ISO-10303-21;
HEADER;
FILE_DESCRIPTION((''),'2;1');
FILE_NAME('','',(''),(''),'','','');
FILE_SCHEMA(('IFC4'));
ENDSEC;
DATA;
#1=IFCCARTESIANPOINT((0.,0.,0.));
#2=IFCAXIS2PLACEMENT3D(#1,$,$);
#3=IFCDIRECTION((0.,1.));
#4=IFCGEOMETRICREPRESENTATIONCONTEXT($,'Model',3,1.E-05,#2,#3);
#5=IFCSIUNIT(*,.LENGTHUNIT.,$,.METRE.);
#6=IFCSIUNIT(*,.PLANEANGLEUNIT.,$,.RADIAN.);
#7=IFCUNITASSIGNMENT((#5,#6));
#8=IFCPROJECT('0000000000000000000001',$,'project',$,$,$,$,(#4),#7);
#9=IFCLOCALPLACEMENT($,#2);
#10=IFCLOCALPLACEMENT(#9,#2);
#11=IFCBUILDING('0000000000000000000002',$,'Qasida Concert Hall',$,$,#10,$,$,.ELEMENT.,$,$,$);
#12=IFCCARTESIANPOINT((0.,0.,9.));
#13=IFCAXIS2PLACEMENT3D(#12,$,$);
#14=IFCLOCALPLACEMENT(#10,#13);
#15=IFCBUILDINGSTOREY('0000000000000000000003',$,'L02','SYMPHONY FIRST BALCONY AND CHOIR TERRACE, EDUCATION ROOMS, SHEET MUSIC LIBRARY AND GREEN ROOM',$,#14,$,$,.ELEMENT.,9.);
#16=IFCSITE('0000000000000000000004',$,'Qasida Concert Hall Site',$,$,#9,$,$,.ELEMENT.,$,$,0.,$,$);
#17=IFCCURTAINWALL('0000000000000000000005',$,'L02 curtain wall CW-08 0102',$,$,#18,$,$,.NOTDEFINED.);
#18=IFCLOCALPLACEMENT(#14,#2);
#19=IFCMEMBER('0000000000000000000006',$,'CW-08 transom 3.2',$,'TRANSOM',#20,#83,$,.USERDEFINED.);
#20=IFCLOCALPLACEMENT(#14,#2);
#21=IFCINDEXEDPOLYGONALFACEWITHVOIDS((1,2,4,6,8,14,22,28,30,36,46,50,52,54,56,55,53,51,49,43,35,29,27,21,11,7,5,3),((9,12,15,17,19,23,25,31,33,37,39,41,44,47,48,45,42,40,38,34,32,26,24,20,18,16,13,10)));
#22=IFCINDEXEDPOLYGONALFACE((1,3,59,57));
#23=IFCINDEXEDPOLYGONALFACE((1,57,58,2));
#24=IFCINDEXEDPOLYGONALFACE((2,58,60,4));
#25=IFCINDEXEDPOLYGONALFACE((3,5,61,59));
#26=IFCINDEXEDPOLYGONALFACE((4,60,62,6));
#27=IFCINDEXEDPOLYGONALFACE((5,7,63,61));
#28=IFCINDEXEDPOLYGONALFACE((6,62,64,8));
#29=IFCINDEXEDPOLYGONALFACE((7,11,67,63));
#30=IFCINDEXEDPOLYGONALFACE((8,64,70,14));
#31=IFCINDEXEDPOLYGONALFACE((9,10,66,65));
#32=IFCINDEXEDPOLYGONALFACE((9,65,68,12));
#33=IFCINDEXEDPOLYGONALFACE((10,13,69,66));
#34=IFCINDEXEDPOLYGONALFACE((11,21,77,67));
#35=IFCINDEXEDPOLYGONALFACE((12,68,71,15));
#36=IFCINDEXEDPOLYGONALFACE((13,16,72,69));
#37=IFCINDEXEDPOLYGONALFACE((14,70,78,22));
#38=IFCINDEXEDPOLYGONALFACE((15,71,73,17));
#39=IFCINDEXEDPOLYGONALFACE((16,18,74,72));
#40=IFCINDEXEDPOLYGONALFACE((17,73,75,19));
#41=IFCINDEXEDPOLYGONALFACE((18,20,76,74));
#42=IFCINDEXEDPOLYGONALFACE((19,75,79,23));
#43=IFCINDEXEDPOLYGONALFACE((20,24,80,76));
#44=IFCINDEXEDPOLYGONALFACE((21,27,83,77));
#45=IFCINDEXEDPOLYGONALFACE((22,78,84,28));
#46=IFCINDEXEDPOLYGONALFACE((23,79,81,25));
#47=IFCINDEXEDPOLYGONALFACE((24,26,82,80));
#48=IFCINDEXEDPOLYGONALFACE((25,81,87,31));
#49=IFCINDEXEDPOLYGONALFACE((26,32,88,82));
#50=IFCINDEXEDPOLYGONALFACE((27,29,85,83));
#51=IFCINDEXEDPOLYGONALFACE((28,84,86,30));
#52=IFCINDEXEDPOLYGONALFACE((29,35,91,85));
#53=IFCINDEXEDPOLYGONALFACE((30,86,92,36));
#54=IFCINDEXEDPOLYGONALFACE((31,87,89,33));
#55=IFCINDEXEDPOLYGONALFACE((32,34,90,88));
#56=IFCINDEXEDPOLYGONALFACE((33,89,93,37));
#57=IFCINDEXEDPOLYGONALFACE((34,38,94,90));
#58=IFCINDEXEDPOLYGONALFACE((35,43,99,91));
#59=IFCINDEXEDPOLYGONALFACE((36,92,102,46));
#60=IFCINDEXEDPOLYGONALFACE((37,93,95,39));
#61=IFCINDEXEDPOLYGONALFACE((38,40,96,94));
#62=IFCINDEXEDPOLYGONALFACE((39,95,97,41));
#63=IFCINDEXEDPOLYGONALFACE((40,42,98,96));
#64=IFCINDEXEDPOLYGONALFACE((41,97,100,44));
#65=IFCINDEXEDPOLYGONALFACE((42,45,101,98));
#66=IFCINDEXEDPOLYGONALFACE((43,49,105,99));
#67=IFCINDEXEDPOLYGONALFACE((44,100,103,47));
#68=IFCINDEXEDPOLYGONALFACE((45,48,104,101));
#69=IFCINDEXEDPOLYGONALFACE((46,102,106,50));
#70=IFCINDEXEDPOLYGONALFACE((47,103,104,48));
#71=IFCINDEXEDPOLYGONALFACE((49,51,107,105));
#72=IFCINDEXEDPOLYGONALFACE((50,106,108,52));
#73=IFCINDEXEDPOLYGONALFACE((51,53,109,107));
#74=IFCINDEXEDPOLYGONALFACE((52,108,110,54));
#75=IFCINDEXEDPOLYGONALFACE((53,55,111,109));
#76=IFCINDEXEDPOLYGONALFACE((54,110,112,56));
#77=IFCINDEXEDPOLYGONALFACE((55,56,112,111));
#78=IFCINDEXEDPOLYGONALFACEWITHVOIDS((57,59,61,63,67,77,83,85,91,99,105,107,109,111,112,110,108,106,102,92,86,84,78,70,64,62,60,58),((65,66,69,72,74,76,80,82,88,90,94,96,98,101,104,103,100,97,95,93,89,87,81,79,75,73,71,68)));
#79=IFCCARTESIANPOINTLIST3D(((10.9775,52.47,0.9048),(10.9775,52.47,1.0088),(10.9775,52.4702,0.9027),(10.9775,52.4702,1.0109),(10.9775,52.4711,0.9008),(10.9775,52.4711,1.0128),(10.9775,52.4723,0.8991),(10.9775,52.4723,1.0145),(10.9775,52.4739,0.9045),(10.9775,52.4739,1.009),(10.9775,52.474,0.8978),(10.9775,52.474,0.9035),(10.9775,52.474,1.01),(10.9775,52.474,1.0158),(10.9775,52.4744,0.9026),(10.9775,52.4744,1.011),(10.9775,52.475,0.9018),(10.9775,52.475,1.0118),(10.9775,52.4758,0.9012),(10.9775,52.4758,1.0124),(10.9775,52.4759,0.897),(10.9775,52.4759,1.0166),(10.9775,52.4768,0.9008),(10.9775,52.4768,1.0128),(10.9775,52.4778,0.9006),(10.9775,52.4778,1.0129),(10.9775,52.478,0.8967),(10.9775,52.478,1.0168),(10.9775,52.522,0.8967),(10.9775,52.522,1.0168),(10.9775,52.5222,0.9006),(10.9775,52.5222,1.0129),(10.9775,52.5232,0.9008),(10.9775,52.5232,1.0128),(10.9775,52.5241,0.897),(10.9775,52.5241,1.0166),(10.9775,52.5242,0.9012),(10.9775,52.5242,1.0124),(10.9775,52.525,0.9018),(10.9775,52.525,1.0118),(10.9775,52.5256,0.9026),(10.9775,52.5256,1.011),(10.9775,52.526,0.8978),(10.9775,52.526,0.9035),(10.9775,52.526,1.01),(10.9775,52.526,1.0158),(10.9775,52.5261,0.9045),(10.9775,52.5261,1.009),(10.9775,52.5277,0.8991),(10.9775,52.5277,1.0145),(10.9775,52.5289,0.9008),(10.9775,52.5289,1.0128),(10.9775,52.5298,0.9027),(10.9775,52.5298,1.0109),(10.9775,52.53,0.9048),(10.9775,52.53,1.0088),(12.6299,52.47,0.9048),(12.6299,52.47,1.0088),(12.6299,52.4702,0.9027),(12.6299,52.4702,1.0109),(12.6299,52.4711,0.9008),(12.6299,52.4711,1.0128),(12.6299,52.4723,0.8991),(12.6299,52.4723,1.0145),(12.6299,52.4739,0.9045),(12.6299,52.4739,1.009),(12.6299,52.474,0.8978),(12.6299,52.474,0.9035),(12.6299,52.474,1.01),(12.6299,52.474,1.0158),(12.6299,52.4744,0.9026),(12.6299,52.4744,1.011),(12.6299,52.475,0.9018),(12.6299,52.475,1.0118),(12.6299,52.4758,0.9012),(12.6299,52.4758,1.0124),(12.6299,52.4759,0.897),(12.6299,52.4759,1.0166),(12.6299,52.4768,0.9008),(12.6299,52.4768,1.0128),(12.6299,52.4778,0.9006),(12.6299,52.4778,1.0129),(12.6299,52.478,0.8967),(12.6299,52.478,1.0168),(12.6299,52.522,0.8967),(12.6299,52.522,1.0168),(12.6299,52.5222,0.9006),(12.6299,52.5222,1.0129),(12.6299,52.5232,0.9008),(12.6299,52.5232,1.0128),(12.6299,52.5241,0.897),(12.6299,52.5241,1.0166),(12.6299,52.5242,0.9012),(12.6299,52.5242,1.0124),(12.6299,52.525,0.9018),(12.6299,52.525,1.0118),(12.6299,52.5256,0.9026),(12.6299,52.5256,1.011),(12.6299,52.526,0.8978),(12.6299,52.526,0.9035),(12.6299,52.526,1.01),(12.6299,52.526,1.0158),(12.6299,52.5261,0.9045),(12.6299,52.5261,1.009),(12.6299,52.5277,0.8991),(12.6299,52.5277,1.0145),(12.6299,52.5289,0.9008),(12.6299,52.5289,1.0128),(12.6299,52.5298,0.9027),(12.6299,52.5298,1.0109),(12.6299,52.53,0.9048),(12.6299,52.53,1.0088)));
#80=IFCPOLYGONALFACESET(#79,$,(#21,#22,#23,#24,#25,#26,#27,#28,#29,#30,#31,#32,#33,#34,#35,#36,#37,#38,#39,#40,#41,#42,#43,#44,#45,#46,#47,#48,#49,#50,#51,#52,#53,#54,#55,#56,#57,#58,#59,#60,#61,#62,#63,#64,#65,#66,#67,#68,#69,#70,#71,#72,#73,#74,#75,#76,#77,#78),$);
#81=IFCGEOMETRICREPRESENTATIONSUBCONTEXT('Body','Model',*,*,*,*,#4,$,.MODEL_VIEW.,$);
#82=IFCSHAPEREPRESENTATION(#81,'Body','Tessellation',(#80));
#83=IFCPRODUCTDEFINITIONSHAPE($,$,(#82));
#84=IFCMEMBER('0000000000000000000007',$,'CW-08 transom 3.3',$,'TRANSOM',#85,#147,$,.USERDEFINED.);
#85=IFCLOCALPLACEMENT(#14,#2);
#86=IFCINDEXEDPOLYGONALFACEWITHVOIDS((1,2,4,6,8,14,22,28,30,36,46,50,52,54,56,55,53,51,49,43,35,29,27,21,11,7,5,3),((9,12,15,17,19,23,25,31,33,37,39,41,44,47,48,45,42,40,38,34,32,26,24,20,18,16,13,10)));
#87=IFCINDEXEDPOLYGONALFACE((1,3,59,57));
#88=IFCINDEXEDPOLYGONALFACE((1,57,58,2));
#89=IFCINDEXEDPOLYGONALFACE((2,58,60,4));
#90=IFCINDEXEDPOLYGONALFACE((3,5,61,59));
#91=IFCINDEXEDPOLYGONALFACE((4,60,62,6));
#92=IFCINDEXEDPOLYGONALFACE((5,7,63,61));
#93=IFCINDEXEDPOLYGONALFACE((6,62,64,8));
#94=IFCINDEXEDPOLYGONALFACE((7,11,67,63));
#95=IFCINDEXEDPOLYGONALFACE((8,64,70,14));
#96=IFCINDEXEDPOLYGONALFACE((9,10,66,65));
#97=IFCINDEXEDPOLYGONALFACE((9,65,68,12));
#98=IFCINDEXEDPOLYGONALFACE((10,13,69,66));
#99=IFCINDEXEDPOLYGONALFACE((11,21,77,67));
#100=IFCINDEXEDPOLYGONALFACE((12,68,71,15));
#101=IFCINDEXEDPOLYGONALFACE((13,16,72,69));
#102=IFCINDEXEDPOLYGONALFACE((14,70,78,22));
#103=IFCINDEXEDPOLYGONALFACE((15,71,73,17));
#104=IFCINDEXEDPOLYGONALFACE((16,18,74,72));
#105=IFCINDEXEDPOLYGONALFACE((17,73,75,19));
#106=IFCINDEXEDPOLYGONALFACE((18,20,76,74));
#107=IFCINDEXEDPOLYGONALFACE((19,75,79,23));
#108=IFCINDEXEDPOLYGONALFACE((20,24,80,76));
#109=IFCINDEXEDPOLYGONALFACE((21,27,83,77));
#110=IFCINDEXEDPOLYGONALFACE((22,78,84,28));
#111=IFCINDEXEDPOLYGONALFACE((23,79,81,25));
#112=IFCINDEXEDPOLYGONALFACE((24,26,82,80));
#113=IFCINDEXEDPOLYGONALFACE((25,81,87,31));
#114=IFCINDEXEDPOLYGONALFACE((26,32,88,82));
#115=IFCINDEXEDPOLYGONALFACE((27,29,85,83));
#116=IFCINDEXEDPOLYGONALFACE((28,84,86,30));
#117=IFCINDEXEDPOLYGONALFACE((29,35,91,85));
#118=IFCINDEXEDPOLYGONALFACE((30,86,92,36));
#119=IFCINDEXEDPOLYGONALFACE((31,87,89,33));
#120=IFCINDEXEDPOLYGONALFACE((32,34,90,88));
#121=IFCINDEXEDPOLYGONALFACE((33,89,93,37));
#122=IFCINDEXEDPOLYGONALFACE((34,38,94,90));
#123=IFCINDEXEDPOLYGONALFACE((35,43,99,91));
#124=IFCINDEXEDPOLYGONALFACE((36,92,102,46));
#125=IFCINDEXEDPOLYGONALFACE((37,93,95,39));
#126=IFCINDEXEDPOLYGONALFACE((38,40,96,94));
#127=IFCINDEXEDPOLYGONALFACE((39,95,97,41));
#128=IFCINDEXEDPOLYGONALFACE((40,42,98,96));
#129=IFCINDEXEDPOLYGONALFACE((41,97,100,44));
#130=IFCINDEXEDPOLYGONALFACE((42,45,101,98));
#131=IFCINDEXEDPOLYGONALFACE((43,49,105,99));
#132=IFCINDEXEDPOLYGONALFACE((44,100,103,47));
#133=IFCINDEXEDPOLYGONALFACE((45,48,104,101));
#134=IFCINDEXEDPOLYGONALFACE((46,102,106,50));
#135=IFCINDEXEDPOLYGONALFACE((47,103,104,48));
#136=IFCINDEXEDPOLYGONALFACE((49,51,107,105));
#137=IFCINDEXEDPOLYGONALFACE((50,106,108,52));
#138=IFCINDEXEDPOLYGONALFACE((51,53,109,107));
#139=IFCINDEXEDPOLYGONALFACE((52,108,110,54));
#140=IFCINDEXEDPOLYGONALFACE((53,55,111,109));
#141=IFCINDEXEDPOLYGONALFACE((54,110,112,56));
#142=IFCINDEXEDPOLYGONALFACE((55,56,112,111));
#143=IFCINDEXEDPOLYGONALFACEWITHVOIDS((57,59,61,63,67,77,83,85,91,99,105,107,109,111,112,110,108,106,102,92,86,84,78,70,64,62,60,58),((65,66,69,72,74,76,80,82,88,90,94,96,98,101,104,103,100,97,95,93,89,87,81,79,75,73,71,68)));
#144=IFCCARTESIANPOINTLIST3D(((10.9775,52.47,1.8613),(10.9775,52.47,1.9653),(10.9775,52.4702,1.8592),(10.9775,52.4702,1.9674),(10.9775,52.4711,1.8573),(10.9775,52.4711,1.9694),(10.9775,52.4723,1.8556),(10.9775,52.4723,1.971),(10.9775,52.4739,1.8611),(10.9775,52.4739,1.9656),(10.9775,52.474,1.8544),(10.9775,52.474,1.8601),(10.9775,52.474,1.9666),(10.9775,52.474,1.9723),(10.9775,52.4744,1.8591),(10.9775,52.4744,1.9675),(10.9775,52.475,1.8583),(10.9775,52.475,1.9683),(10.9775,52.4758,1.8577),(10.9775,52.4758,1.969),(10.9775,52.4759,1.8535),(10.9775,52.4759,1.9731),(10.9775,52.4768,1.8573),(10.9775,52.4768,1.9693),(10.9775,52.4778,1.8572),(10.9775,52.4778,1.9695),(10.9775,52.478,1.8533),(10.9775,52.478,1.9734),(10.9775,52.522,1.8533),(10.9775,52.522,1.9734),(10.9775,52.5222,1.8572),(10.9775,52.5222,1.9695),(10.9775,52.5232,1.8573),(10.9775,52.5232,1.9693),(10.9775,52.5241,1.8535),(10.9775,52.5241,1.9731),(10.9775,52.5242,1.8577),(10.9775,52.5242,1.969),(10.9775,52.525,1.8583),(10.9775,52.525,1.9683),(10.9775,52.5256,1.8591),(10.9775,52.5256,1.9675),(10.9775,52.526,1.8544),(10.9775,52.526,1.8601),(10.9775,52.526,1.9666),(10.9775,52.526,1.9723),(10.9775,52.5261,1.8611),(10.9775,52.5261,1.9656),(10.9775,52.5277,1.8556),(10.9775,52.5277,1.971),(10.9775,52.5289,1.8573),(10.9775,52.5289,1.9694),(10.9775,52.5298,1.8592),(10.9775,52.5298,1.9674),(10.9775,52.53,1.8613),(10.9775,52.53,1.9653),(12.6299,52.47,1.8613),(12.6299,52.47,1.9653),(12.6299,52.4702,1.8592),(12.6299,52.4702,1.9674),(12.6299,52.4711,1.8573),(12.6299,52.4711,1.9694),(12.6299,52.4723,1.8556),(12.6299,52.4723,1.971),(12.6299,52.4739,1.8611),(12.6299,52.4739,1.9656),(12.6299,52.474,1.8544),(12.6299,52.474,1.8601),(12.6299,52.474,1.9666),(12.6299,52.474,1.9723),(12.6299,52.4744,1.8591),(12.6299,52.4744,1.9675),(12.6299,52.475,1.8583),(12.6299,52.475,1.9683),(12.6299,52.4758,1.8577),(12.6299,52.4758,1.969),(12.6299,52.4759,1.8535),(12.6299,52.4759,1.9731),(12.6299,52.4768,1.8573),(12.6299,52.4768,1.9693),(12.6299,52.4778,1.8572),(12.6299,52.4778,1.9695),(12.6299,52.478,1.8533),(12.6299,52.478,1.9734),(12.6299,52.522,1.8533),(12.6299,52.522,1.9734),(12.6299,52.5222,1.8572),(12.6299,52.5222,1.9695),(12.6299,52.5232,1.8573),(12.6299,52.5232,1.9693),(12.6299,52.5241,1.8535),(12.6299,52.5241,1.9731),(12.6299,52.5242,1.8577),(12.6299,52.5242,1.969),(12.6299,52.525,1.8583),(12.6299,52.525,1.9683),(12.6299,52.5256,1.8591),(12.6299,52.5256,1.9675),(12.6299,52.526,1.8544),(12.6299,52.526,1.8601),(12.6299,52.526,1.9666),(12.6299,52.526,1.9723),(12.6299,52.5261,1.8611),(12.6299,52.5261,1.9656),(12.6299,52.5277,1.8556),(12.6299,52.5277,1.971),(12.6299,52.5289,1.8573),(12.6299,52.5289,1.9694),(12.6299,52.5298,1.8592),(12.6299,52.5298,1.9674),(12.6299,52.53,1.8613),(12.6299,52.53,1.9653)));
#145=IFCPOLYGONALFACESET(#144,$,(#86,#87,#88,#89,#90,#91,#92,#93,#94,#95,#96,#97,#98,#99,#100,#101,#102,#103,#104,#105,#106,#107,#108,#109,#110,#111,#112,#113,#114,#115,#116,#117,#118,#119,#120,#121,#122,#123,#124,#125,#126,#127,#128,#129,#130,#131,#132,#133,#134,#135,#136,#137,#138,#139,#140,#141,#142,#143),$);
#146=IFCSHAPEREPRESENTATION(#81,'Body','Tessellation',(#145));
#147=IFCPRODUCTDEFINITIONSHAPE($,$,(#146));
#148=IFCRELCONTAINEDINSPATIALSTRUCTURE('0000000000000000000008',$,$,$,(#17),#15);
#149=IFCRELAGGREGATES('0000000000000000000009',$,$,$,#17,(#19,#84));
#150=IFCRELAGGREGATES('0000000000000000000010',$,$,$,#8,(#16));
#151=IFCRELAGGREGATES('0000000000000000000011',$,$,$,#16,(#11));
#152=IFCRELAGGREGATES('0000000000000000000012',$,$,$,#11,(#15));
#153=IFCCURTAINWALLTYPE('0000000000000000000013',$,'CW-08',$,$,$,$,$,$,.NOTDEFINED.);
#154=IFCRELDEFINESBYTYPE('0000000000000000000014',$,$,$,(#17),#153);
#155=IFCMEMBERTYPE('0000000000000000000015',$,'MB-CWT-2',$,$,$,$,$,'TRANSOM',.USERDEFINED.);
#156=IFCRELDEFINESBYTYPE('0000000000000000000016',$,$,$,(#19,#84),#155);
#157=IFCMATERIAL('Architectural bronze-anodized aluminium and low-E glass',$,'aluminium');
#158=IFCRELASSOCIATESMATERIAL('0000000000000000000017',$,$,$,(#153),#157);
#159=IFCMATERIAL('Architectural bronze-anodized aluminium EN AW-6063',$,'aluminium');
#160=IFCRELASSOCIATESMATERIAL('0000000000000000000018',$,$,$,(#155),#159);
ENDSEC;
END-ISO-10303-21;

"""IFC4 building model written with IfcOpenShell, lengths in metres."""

from ifc_helpers import new_model, si_unit, direction, frame, origin, origin_2d, place, context, subcontext, project, spatial, hollow_rectangle, extrude, material, material_profile, profile_set, type_object, element, aggregate, save


model = new_model("IFC4")

# Units and contexts
model_context = context("Model", 3, precision=1e-05, world=origin(), true_north=direction((0.0, 1.0)))
body_context = subcontext(model_context, "Body", "Model", "MODEL_VIEW")
ifc_project = project(units=[si_unit("LENGTHUNIT", "METRE"), si_unit("PLANEANGLEUNIT", "RADIAN")], contexts=[model_context])

# Site, building, storey
site_placement = place(None, origin())
site = spatial("IfcSite", under=ifc_project, at=site_placement, Name="Qasida Concert Hall Site", CompositionType="ELEMENT", RefElevation=0.0)
building_placement = place(site_placement, origin())
building = spatial("IfcBuilding", under=site, at=building_placement, Name="Qasida Concert Hall", CompositionType="ELEMENT")
storey_placement = place(building_placement, frame((0.0, 0.0, 9.0)))
storey = spatial("IfcBuildingStorey", under=building, at=storey_placement, Name="L02", Description="SYMPHONY FIRST BALCONY AND CHOIR TERRACE, EDUCATION ROOMS, SHEET MUSIC LIBRARY AND GREEN ROOM", CompositionType="ELEMENT", Elevation=9.0)

# Curtain wall, members
ifc_material_1 = material(Name="Architectural bronze-anodized aluminium and low-E glass", Category="aluminium")
curtain_wall_type = type_object("IfcCurtainWallType", Name="CW-08", PredefinedType="NOTDEFINED", material=ifc_material_1)
curtain_wall_placement = place(storey_placement, origin())
curtain_wall = element("IfcCurtainWall", 1, at=curtain_wall_placement, inside=storey, type_object=curtain_wall_type, Name="L02 curtain wall CW-08 0102", PredefinedType="NOTDEFINED")
ifc_material_2 = material(Name="Architectural bronze-anodized aluminium EN AW-6063", Category="aluminium")
ifc_material_profile_1 = material_profile(ifc_material_2, hollow_rectangle(XDim=0.0601, YDim=0.1201, WallThickness=0.0039, InnerFilletRadius=0.0039, OuterFilletRadius=0.0081, at=origin_2d()), Name="CWT 120x60x4")
ifc_profile_set_1 = profile_set([ifc_material_profile_1], Name="Architectural bronze-anodized aluminium EN AW-6063")
member_type_1 = type_object("IfcMemberType", Name="MB-CWT-2", ElementType="TRANSOM", PredefinedType="USERDEFINED", material=ifc_profile_set_1)
member_1_placement = place(storey_placement, frame((10.9775, 52.5, 0.9568), z_axis=(1.0, 0.0, 0.0), x_axis=(0.0, 1.0, 0.0)))
member_1 = element("IfcMember", 2, at=member_1_placement, type_object=member_type_1, Name="CW-08 transom 3.2", ObjectType="TRANSOM", PredefinedType="USERDEFINED", context=body_context, shape_type="SweptSolid", body=[
    extrude(hollow_rectangle(XDim=0.0601, YDim=0.1201, WallThickness=0.0039, InnerFilletRadius=0.0039, OuterFilletRadius=0.0081, at=origin_2d()), origin(), (0.0, 0.0, 1.0), 1.6523),
])
member_2_placement = place(storey_placement, frame((10.9775, 52.5, 1.9133), z_axis=(1.0, 0.0, 0.0), x_axis=(0.0, 1.0, 0.0)))
member_2 = element("IfcMember", 3, at=member_2_placement, type_object=member_type_1, Name="CW-08 transom 3.3", ObjectType="TRANSOM", PredefinedType="USERDEFINED", context=body_context, shape_type="SweptSolid", body=[
    extrude(hollow_rectangle(XDim=0.0601, YDim=0.1201, WallThickness=0.0039, InnerFilletRadius=0.0039, OuterFilletRadius=0.0081, at=origin_2d()), origin(), (0.0, 0.0, 1.0), 1.6523),
])
aggregate(curtain_wall, [member_1, member_2])

save(model, "model.ifc")
